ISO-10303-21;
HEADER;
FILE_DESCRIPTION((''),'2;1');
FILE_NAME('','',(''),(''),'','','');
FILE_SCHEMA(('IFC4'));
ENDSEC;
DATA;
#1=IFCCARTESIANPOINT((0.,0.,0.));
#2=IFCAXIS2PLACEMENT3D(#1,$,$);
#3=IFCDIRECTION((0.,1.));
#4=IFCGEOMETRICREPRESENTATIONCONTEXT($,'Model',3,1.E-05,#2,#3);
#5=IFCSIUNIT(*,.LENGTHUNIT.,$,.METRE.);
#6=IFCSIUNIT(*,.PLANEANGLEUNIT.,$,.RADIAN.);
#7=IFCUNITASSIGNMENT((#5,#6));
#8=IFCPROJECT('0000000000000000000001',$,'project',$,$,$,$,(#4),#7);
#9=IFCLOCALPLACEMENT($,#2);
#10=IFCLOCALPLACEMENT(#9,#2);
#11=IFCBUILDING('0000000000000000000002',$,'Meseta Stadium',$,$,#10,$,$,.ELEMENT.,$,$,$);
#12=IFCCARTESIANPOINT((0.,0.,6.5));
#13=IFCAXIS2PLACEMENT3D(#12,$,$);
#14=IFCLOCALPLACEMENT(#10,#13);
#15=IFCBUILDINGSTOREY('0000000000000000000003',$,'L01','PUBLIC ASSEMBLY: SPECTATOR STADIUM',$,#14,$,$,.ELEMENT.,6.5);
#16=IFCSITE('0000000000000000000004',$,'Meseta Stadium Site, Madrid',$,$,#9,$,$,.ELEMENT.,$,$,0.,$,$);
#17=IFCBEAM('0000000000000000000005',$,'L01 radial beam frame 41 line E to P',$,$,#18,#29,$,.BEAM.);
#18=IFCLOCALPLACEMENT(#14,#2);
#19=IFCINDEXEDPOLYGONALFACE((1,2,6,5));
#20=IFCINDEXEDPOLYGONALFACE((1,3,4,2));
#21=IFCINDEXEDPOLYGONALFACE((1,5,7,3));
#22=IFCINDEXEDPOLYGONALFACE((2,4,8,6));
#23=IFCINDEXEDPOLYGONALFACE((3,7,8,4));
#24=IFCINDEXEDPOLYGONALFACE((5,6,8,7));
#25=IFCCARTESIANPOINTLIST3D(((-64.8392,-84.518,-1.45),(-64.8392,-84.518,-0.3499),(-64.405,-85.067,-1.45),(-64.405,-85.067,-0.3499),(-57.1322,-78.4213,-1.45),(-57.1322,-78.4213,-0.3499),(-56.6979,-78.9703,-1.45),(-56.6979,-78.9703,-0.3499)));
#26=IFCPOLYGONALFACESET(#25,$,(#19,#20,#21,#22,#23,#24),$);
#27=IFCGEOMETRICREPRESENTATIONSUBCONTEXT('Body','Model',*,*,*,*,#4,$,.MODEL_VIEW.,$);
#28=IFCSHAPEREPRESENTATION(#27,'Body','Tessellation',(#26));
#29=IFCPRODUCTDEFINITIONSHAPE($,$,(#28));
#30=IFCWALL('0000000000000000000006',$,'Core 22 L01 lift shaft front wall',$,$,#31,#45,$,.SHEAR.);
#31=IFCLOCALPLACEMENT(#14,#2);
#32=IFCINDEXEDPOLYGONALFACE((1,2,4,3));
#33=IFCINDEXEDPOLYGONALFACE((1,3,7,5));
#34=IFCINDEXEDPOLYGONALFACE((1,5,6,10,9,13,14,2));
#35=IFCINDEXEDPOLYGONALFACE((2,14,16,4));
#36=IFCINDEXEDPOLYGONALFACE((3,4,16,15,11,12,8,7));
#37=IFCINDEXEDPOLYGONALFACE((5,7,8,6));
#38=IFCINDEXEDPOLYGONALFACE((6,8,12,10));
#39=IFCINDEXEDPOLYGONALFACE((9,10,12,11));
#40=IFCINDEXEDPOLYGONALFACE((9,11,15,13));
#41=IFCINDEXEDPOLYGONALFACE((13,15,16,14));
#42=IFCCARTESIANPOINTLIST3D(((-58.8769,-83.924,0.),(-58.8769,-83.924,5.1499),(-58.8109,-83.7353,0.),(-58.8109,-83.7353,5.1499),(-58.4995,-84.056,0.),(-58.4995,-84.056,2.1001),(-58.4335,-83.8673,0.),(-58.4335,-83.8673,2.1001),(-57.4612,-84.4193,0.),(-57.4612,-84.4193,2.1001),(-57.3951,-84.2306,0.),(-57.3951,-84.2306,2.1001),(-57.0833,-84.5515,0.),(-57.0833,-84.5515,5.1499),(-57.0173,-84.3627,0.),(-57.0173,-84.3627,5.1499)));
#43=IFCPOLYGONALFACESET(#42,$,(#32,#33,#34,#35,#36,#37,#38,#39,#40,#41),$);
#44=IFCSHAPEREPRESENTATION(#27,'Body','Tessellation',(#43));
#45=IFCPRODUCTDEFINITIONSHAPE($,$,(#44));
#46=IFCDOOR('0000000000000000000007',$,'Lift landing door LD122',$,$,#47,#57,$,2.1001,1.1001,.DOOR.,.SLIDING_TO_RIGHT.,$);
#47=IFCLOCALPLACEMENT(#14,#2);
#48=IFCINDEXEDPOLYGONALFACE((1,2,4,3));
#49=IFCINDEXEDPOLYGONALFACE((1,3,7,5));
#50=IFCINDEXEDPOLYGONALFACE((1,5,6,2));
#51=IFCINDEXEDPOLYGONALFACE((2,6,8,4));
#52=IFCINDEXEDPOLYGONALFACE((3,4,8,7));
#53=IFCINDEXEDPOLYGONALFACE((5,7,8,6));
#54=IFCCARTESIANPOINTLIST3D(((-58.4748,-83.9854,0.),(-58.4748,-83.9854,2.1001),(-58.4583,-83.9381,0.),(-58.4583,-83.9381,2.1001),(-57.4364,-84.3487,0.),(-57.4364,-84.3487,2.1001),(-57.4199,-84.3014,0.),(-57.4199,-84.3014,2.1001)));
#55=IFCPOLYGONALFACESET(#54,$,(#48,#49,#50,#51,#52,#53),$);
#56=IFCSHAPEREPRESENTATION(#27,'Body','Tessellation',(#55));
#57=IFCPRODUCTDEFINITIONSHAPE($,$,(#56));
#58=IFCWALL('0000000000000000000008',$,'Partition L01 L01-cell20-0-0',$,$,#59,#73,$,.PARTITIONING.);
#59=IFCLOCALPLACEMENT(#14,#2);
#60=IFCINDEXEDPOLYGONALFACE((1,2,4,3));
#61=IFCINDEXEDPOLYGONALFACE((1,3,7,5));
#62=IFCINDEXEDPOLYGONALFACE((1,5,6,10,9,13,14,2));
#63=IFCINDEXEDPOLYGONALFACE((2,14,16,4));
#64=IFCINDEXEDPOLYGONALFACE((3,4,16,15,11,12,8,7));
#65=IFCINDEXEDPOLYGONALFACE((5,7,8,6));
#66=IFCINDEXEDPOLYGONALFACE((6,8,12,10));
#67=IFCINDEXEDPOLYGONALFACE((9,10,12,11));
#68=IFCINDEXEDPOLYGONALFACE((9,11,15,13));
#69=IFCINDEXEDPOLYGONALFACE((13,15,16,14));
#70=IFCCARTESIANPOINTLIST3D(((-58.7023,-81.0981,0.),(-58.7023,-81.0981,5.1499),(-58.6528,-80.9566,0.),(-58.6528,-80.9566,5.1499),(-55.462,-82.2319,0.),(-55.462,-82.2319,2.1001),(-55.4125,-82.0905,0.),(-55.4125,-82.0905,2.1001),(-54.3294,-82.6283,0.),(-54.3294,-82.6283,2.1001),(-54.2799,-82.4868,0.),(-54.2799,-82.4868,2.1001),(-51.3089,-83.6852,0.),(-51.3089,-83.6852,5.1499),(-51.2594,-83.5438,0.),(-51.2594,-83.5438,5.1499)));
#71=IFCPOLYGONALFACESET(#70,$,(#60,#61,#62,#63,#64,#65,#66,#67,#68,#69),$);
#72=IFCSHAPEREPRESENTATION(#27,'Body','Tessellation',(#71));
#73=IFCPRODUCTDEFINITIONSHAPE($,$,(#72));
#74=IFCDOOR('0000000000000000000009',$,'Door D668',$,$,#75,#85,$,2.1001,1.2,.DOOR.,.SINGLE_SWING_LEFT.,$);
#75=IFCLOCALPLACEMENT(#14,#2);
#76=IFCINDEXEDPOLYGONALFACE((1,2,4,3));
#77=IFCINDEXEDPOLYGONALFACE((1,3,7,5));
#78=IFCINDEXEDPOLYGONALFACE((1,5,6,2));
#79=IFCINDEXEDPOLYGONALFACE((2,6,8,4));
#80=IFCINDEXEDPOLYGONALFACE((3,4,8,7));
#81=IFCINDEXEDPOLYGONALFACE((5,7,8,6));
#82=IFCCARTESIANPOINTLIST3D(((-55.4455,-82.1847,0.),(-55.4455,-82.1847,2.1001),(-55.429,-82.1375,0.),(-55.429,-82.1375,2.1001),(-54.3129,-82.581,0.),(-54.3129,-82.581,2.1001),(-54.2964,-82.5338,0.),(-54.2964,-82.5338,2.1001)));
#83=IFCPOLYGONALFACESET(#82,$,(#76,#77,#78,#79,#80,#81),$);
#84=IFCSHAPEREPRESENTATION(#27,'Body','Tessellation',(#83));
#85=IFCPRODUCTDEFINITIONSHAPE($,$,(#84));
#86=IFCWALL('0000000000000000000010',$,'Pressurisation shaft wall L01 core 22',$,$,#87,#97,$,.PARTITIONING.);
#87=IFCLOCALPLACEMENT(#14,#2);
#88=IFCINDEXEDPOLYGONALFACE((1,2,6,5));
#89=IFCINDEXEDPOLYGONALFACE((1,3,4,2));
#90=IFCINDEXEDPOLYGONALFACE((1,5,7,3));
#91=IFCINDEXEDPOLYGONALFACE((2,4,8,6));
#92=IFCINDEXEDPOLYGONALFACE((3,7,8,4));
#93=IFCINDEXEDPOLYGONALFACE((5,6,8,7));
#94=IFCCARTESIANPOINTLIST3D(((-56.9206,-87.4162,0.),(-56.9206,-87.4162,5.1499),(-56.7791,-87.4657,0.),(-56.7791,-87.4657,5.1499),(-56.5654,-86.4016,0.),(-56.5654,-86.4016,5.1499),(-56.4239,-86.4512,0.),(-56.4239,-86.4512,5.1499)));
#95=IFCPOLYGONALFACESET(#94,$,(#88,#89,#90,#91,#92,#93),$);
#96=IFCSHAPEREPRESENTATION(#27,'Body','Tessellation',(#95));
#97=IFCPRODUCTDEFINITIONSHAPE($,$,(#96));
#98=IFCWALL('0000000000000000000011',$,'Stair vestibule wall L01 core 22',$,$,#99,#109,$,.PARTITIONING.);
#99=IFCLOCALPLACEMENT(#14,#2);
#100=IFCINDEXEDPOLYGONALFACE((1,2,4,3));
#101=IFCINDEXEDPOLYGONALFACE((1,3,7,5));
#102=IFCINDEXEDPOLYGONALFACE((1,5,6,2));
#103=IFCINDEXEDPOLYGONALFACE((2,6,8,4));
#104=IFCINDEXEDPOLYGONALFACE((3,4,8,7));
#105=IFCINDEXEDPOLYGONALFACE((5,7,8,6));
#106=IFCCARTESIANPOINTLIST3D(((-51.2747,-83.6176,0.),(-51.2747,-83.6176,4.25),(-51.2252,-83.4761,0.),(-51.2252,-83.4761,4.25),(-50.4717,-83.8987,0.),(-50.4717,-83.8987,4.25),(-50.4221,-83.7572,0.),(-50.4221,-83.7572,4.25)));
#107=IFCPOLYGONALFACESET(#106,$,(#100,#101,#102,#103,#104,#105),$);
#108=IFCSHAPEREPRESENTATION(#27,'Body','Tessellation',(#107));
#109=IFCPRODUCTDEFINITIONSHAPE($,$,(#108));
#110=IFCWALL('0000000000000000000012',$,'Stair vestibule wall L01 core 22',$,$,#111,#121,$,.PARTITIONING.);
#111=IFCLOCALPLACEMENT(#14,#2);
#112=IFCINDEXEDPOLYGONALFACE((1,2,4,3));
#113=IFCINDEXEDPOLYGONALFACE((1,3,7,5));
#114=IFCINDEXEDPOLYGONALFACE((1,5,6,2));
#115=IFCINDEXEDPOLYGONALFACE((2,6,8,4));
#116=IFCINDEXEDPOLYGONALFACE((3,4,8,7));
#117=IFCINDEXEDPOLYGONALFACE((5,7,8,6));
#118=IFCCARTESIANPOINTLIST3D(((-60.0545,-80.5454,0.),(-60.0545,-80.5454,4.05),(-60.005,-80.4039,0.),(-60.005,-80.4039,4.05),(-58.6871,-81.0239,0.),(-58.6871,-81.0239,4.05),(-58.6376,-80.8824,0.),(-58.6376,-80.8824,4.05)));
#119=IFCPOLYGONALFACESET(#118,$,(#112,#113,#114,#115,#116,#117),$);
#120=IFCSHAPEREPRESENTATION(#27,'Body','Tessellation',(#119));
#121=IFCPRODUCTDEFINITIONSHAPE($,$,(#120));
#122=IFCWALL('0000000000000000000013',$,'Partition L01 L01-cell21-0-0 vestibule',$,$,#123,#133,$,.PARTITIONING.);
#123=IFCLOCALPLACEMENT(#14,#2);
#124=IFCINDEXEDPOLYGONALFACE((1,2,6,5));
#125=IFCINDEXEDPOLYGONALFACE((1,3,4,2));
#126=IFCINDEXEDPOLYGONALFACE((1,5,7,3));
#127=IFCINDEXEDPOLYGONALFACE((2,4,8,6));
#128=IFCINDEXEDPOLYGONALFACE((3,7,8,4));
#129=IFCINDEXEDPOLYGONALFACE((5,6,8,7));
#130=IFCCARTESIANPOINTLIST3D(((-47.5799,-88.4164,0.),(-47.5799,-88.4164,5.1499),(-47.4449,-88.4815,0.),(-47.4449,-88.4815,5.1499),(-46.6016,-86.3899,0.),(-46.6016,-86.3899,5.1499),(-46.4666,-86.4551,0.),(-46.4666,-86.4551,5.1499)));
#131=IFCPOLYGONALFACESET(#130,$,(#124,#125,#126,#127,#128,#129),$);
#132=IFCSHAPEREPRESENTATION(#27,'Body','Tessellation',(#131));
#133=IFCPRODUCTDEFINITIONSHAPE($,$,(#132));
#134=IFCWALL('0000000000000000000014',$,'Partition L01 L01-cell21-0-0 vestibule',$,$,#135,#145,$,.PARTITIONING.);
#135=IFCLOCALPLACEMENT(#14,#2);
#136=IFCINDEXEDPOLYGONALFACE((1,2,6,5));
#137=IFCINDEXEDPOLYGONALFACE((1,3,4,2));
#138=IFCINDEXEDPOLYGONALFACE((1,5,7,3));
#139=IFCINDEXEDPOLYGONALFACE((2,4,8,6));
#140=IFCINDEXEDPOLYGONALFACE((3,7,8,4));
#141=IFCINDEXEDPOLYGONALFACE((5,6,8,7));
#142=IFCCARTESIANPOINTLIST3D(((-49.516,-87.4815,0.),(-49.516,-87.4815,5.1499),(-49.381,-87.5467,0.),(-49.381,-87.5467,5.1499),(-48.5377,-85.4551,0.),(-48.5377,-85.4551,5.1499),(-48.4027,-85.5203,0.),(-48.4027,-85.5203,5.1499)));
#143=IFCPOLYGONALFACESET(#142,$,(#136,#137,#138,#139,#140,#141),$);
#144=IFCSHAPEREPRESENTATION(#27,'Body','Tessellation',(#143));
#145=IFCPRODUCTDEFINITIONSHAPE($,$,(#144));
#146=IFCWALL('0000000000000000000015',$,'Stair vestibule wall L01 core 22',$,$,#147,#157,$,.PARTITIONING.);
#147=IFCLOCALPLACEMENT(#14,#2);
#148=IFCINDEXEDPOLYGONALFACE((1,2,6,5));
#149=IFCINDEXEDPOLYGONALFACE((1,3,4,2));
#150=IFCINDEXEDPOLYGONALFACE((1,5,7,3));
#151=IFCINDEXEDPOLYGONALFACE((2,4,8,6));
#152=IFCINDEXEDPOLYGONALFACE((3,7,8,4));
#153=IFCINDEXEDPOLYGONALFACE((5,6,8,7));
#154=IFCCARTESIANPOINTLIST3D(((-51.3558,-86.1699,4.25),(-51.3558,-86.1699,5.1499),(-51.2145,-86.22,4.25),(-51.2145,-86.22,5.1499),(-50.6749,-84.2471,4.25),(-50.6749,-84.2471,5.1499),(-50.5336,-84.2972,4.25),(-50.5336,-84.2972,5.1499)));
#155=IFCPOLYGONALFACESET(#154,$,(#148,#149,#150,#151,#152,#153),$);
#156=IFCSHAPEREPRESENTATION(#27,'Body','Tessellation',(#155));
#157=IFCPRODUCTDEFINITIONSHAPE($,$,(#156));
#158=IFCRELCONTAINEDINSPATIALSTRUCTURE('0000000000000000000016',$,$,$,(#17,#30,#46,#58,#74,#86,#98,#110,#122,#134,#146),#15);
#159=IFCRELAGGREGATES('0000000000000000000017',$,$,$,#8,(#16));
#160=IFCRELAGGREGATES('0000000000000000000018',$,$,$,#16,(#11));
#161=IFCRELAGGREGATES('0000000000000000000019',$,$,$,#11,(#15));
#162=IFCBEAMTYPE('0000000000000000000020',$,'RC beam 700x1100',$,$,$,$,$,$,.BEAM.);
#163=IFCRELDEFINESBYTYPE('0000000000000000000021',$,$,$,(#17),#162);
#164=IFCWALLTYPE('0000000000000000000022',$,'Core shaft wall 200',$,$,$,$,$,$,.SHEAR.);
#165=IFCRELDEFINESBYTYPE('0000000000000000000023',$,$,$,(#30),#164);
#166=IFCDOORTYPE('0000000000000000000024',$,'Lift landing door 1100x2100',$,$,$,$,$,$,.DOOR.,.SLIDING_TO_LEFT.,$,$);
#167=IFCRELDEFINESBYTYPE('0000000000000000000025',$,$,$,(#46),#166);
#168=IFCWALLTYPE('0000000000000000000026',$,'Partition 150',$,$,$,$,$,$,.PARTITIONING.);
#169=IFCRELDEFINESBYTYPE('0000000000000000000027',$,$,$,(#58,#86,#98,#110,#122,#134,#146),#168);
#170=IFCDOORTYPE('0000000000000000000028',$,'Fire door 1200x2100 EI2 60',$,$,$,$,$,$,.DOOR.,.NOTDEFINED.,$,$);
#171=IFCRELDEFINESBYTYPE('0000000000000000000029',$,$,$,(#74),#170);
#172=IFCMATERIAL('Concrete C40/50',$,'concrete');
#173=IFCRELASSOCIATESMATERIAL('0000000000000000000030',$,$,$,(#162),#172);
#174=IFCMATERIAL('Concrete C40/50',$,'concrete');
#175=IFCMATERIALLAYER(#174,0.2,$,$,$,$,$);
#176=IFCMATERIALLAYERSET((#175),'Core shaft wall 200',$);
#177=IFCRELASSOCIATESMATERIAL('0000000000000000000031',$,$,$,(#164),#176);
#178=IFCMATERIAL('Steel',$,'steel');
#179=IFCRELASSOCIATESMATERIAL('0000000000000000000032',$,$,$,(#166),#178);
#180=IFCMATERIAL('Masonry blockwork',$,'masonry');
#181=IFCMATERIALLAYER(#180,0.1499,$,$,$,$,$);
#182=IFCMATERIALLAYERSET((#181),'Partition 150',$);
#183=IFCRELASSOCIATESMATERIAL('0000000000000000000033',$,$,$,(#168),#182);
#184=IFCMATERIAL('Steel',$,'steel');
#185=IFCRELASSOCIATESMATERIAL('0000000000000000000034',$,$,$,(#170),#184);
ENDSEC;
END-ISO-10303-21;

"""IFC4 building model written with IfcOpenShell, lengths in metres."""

from ifc_helpers import new_model, si_unit, direction, frame, frame_2d, origin, origin_2d, place, context, subcontext, project, spatial, rectangle, extrude, material, layer, layer_set, material_profile, profile_set, type_object, element, fill, save


model = new_model("IFC4")

# Units and contexts
model_context = context("Model", 3, precision=1e-05, world=origin(), true_north=direction((0.0, 1.0)))
body_context = subcontext(model_context, "Body", "Model", "MODEL_VIEW")
ifc_project = project(units=[si_unit("LENGTHUNIT", "METRE"), si_unit("PLANEANGLEUNIT", "RADIAN")], contexts=[model_context])

# Site, building, storey
site_placement = place(None, origin())
site = spatial("IfcSite", under=ifc_project, at=site_placement, Name="Meseta Stadium Site, Madrid", CompositionType="ELEMENT", RefElevation=0.0)
building_placement = place(site_placement, origin())
building = spatial("IfcBuilding", under=site, at=building_placement, Name="Meseta Stadium", CompositionType="ELEMENT")
storey_placement = place(building_placement, frame((0.0, 0.0, 6.5)))
storey = spatial("IfcBuildingStorey", under=building, at=storey_placement, Name="L01", Description="PUBLIC ASSEMBLY: SPECTATOR STADIUM", CompositionType="ELEMENT", Elevation=6.5)

# Beam
ifc_material_1 = material(Name="Concrete C40/50", Category="concrete")
ifc_material_profile_1 = material_profile(ifc_material_1, rectangle(XDim=0.7, YDim=1.1001, at=origin_2d()), Name="RC 700x1100")
ifc_profile_set_1 = profile_set([ifc_material_profile_1], Name="Concrete C40/50")
beam_type_1 = type_object("IfcBeamType", Name="RC beam 700x1100", PredefinedType="BEAM", material=ifc_profile_set_1)
beam_1_placement = place(storey_placement, frame((-56.915, -78.6958, -0.8999), z_axis=(-0.78428, -0.620408, 0.0), x_axis=(0.620408, -0.78428, 0.0)))
element("IfcBeam", 1, at=beam_1_placement, inside=storey, type_object=beam_type_1, Name="L01 radial beam frame 41 line E to P", PredefinedType="BEAM", context=body_context, shape_type="SweptSolid", body=[
    extrude(rectangle(XDim=0.7, YDim=1.1001, at=origin_2d()), origin(), (0.0, 0.0, 1.0), 9.8269),
])

# Walls, openings, doors
ifc_material_2 = material(Name="Concrete C40/50", Category="concrete")
ifc_layer_1 = layer(ifc_material_2, 0.2)
ifc_layer_set_1 = layer_set([ifc_layer_1], Name="Core shaft wall 200")
wall_type_1 = type_object("IfcWallType", Name="Core shaft wall 200", PredefinedType="SHEAR", material=ifc_layer_set_1)
wall_1_placement = place(storey_placement, frame((-58.844, -83.8296, 0.0), z_axis=(0.0, 0.0, 1.0), x_axis=(0.943902, -0.330225, 0.0)))
wall_1 = element("IfcWall", 2, at=wall_1_placement, inside=storey, type_object=wall_type_1, Name="Core 22 L01 lift shaft front wall", PredefinedType="SHEAR", context=body_context, shape_type="SweptSolid", body=[
    extrude(rectangle(XDim=1.9001, YDim=0.2, at=frame_2d((0.9502, 0.0))), origin(), (0.0, 0.0, 1.0), 5.1499),
])
opening_1_placement = place(wall_1_placement, frame((0.3999, 0.0, 0.0)))
opening_1 = element("IfcOpeningElement", 3, at=opening_1_placement, cuts=wall_1, PredefinedType="OPENING", context=body_context, shape_type="SweptSolid", body=[
    extrude(rectangle(XDim=1.1001, YDim=2.1001, at=frame_2d((0.55, 1.05))), frame((0.0, 0.1099, 0.0), z_axis=(0.0, -1.0, 0.0), x_axis=(1.0, 0.0, 0.0)), (0.0, 0.0, 1.0), 0.22),
])
ifc_material_3 = material(Name="Steel", Category="steel")
door_type_1 = type_object("IfcDoorType", Name="Lift landing door 1100x2100", OperationType="SLIDING_TO_LEFT", PredefinedType="DOOR", material=ifc_material_3)
door_1_placement = place(opening_1_placement, origin())
door_1 = element("IfcDoor", 4, at=door_1_placement, inside=storey, type_object=door_type_1, Name="Lift landing door LD122", OperationType="SLIDING_TO_RIGHT", OverallHeight=2.1001, OverallWidth=1.1001, PredefinedType="DOOR", context=body_context, shape_type="SweptSolid", body=[
    extrude(rectangle(XDim=1.1001, YDim=2.1001, at=frame_2d((0.55, 1.05))), frame((0.0, 0.0249, 0.0), z_axis=(0.0, -1.0, 0.0), x_axis=(1.0, 0.0, 0.0)), (0.0, 0.0, 1.0), 0.05),
])
fill(opening_1, door_1)
ifc_material_4 = material(Name="Masonry blockwork", Category="masonry")
ifc_layer_2 = layer(ifc_material_4, 0.1499)
ifc_layer_set_2 = layer_set([ifc_layer_2], Name="Partition 150")
wall_type_2 = type_object("IfcWallType", Name="Partition 150", PredefinedType="PARTITIONING", material=ifc_layer_set_2)
wall_2_placement = place(storey_placement, frame((-51.2842, -83.6145, 0.0), z_axis=(0.0, 0.0, 1.0), x_axis=(-0.943878, 0.330294, 0.0)))
wall_2 = element("IfcWall", 5, at=wall_2_placement, inside=storey, type_object=wall_type_2, Name="Partition L01 L01-cell20-0-0", PredefinedType="PARTITIONING", context=body_context, shape_type="SweptSolid", body=[
    extrude(rectangle(XDim=7.833, YDim=0.1499, at=frame_2d((3.9165, 0.0))), origin(), (0.0, 0.0, 1.0), 5.1499),
])
opening_2_placement = place(wall_2_placement, frame((3.2, 0.0, 0.0)))
opening_2 = element("IfcOpeningElement", 6, at=opening_2_placement, cuts=wall_2, PredefinedType="OPENING", context=body_context, shape_type="SweptSolid", body=[
    extrude(rectangle(XDim=1.2, YDim=2.1001, at=frame_2d((0.6001, 1.05))), frame((0.0, 0.085, 0.0), z_axis=(0.0, -1.0, 0.0), x_axis=(1.0, 0.0, 0.0)), (0.0, 0.0, 1.0), 0.1699),
])
ifc_material_5 = material(Name="Steel", Category="steel")
door_type_2 = type_object("IfcDoorType", Name="Fire door 1200x2100 EI2 60", OperationType="NOTDEFINED", PredefinedType="DOOR", material=ifc_material_5)
door_2_placement = place(opening_2_placement, origin())
door_2 = element("IfcDoor", 7, at=door_2_placement, inside=storey, type_object=door_type_2, Name="Door D668", OperationType="SINGLE_SWING_LEFT", OverallHeight=2.1001, OverallWidth=1.2, PredefinedType="DOOR", context=body_context, shape_type="SweptSolid", body=[
    extrude(rectangle(XDim=1.2, YDim=2.1001, at=frame_2d((0.6001, 1.05))), frame((0.0, 0.0249, 0.0), z_axis=(0.0, -1.0, 0.0), x_axis=(1.0, 0.0, 0.0)), (0.0, 0.0, 1.0), 0.05),
])
fill(opening_2, door_2)

# Walls
wall_3_placement = place(storey_placement, frame((-56.4946, -86.4263, 0.0), z_axis=(0.0, 0.0, 1.0), x_axis=(-0.330431, -0.94383, 0.0)))
element("IfcWall", 8, at=wall_3_placement, inside=storey, type_object=wall_type_2, Name="Pressurisation shaft wall L01 core 22", PredefinedType="PARTITIONING", context=body_context, shape_type="SweptSolid", body=[
    extrude(rectangle(XDim=1.075, YDim=0.1499, at=frame_2d((0.5376, 0.0))), origin(), (0.0, 0.0, 1.0), 5.1499),
])
wall_4_placement = place(storey_placement, frame((-50.447, -83.8279, 0.0), z_axis=(0.0, 0.0, 1.0), x_axis=(-0.943872, 0.330312, 0.0)))
element("IfcWall", 9, at=wall_4_placement, inside=storey, type_object=wall_type_2, Name="Stair vestibule wall L01 core 22", PredefinedType="PARTITIONING", context=body_context, shape_type="SweptSolid", body=[
    extrude(rectangle(XDim=0.8508, YDim=0.1499, at=frame_2d((0.4253, 0.0))), origin(), (0.0, 0.0, 1.0), 4.25),
])
wall_5_placement = place(storey_placement, frame((-58.6624, -80.9531, 0.0), z_axis=(0.0, 0.0, 1.0), x_axis=(-0.943877, 0.330298, 0.0)))
element("IfcWall", 10, at=wall_5_placement, inside=storey, type_object=wall_type_2, Name="Stair vestibule wall L01 core 22", PredefinedType="PARTITIONING", context=body_context, shape_type="SweptSolid", body=[
    extrude(rectangle(XDim=1.4487, YDim=0.1499, at=frame_2d((0.7244, 0.0))), origin(), (0.0, 0.0, 1.0), 4.05),
])
for number, where, z_axis, x_axis, name in (
    (11, (-46.5342, -86.4226, 0.0), (0.0, 0.0, 1.0), (-0.434758, -0.900547, 0.0), "Partition L01 L01-cell21-0-0 vestibule"),
    (12, (-48.4702, -85.4878, 0.0), (0.0, 0.0, 1.0), (-0.434758, -0.900547, 0.0), "Partition L01 L01-cell21-0-0 vestibule"),
):
    element("IfcWall", number, at=place(storey_placement, frame(where, z_axis=z_axis, x_axis=x_axis)), inside=storey, type_object=wall_type_2, Name=name, PredefinedType="PARTITIONING", context=body_context, shape_type="SweptSolid", body=[
        extrude(rectangle(XDim=2.2502, YDim=0.1499, at=frame_2d((1.125, 0.0))), origin(), (0.0, 0.0, 1.0), 5.1499),
    ])
wall_6_placement = place(storey_placement, frame((-51.2852, -86.1951, 4.25), z_axis=(0.0, 0.0, 1.0), x_axis=(0.333803, 0.942643, 0.0)))
element("IfcWall", 13, at=wall_6_placement, inside=storey, type_object=wall_type_2, Name="Stair vestibule wall L01 core 22", PredefinedType="PARTITIONING", context=body_context, shape_type="SweptSolid", body=[
    extrude(rectangle(XDim=2.0398, YDim=0.1499, at=frame_2d((1.02, 0.0))), origin(), (0.0, 0.0, 1.0), 0.8999),
])

save(model, "model.ifc")
